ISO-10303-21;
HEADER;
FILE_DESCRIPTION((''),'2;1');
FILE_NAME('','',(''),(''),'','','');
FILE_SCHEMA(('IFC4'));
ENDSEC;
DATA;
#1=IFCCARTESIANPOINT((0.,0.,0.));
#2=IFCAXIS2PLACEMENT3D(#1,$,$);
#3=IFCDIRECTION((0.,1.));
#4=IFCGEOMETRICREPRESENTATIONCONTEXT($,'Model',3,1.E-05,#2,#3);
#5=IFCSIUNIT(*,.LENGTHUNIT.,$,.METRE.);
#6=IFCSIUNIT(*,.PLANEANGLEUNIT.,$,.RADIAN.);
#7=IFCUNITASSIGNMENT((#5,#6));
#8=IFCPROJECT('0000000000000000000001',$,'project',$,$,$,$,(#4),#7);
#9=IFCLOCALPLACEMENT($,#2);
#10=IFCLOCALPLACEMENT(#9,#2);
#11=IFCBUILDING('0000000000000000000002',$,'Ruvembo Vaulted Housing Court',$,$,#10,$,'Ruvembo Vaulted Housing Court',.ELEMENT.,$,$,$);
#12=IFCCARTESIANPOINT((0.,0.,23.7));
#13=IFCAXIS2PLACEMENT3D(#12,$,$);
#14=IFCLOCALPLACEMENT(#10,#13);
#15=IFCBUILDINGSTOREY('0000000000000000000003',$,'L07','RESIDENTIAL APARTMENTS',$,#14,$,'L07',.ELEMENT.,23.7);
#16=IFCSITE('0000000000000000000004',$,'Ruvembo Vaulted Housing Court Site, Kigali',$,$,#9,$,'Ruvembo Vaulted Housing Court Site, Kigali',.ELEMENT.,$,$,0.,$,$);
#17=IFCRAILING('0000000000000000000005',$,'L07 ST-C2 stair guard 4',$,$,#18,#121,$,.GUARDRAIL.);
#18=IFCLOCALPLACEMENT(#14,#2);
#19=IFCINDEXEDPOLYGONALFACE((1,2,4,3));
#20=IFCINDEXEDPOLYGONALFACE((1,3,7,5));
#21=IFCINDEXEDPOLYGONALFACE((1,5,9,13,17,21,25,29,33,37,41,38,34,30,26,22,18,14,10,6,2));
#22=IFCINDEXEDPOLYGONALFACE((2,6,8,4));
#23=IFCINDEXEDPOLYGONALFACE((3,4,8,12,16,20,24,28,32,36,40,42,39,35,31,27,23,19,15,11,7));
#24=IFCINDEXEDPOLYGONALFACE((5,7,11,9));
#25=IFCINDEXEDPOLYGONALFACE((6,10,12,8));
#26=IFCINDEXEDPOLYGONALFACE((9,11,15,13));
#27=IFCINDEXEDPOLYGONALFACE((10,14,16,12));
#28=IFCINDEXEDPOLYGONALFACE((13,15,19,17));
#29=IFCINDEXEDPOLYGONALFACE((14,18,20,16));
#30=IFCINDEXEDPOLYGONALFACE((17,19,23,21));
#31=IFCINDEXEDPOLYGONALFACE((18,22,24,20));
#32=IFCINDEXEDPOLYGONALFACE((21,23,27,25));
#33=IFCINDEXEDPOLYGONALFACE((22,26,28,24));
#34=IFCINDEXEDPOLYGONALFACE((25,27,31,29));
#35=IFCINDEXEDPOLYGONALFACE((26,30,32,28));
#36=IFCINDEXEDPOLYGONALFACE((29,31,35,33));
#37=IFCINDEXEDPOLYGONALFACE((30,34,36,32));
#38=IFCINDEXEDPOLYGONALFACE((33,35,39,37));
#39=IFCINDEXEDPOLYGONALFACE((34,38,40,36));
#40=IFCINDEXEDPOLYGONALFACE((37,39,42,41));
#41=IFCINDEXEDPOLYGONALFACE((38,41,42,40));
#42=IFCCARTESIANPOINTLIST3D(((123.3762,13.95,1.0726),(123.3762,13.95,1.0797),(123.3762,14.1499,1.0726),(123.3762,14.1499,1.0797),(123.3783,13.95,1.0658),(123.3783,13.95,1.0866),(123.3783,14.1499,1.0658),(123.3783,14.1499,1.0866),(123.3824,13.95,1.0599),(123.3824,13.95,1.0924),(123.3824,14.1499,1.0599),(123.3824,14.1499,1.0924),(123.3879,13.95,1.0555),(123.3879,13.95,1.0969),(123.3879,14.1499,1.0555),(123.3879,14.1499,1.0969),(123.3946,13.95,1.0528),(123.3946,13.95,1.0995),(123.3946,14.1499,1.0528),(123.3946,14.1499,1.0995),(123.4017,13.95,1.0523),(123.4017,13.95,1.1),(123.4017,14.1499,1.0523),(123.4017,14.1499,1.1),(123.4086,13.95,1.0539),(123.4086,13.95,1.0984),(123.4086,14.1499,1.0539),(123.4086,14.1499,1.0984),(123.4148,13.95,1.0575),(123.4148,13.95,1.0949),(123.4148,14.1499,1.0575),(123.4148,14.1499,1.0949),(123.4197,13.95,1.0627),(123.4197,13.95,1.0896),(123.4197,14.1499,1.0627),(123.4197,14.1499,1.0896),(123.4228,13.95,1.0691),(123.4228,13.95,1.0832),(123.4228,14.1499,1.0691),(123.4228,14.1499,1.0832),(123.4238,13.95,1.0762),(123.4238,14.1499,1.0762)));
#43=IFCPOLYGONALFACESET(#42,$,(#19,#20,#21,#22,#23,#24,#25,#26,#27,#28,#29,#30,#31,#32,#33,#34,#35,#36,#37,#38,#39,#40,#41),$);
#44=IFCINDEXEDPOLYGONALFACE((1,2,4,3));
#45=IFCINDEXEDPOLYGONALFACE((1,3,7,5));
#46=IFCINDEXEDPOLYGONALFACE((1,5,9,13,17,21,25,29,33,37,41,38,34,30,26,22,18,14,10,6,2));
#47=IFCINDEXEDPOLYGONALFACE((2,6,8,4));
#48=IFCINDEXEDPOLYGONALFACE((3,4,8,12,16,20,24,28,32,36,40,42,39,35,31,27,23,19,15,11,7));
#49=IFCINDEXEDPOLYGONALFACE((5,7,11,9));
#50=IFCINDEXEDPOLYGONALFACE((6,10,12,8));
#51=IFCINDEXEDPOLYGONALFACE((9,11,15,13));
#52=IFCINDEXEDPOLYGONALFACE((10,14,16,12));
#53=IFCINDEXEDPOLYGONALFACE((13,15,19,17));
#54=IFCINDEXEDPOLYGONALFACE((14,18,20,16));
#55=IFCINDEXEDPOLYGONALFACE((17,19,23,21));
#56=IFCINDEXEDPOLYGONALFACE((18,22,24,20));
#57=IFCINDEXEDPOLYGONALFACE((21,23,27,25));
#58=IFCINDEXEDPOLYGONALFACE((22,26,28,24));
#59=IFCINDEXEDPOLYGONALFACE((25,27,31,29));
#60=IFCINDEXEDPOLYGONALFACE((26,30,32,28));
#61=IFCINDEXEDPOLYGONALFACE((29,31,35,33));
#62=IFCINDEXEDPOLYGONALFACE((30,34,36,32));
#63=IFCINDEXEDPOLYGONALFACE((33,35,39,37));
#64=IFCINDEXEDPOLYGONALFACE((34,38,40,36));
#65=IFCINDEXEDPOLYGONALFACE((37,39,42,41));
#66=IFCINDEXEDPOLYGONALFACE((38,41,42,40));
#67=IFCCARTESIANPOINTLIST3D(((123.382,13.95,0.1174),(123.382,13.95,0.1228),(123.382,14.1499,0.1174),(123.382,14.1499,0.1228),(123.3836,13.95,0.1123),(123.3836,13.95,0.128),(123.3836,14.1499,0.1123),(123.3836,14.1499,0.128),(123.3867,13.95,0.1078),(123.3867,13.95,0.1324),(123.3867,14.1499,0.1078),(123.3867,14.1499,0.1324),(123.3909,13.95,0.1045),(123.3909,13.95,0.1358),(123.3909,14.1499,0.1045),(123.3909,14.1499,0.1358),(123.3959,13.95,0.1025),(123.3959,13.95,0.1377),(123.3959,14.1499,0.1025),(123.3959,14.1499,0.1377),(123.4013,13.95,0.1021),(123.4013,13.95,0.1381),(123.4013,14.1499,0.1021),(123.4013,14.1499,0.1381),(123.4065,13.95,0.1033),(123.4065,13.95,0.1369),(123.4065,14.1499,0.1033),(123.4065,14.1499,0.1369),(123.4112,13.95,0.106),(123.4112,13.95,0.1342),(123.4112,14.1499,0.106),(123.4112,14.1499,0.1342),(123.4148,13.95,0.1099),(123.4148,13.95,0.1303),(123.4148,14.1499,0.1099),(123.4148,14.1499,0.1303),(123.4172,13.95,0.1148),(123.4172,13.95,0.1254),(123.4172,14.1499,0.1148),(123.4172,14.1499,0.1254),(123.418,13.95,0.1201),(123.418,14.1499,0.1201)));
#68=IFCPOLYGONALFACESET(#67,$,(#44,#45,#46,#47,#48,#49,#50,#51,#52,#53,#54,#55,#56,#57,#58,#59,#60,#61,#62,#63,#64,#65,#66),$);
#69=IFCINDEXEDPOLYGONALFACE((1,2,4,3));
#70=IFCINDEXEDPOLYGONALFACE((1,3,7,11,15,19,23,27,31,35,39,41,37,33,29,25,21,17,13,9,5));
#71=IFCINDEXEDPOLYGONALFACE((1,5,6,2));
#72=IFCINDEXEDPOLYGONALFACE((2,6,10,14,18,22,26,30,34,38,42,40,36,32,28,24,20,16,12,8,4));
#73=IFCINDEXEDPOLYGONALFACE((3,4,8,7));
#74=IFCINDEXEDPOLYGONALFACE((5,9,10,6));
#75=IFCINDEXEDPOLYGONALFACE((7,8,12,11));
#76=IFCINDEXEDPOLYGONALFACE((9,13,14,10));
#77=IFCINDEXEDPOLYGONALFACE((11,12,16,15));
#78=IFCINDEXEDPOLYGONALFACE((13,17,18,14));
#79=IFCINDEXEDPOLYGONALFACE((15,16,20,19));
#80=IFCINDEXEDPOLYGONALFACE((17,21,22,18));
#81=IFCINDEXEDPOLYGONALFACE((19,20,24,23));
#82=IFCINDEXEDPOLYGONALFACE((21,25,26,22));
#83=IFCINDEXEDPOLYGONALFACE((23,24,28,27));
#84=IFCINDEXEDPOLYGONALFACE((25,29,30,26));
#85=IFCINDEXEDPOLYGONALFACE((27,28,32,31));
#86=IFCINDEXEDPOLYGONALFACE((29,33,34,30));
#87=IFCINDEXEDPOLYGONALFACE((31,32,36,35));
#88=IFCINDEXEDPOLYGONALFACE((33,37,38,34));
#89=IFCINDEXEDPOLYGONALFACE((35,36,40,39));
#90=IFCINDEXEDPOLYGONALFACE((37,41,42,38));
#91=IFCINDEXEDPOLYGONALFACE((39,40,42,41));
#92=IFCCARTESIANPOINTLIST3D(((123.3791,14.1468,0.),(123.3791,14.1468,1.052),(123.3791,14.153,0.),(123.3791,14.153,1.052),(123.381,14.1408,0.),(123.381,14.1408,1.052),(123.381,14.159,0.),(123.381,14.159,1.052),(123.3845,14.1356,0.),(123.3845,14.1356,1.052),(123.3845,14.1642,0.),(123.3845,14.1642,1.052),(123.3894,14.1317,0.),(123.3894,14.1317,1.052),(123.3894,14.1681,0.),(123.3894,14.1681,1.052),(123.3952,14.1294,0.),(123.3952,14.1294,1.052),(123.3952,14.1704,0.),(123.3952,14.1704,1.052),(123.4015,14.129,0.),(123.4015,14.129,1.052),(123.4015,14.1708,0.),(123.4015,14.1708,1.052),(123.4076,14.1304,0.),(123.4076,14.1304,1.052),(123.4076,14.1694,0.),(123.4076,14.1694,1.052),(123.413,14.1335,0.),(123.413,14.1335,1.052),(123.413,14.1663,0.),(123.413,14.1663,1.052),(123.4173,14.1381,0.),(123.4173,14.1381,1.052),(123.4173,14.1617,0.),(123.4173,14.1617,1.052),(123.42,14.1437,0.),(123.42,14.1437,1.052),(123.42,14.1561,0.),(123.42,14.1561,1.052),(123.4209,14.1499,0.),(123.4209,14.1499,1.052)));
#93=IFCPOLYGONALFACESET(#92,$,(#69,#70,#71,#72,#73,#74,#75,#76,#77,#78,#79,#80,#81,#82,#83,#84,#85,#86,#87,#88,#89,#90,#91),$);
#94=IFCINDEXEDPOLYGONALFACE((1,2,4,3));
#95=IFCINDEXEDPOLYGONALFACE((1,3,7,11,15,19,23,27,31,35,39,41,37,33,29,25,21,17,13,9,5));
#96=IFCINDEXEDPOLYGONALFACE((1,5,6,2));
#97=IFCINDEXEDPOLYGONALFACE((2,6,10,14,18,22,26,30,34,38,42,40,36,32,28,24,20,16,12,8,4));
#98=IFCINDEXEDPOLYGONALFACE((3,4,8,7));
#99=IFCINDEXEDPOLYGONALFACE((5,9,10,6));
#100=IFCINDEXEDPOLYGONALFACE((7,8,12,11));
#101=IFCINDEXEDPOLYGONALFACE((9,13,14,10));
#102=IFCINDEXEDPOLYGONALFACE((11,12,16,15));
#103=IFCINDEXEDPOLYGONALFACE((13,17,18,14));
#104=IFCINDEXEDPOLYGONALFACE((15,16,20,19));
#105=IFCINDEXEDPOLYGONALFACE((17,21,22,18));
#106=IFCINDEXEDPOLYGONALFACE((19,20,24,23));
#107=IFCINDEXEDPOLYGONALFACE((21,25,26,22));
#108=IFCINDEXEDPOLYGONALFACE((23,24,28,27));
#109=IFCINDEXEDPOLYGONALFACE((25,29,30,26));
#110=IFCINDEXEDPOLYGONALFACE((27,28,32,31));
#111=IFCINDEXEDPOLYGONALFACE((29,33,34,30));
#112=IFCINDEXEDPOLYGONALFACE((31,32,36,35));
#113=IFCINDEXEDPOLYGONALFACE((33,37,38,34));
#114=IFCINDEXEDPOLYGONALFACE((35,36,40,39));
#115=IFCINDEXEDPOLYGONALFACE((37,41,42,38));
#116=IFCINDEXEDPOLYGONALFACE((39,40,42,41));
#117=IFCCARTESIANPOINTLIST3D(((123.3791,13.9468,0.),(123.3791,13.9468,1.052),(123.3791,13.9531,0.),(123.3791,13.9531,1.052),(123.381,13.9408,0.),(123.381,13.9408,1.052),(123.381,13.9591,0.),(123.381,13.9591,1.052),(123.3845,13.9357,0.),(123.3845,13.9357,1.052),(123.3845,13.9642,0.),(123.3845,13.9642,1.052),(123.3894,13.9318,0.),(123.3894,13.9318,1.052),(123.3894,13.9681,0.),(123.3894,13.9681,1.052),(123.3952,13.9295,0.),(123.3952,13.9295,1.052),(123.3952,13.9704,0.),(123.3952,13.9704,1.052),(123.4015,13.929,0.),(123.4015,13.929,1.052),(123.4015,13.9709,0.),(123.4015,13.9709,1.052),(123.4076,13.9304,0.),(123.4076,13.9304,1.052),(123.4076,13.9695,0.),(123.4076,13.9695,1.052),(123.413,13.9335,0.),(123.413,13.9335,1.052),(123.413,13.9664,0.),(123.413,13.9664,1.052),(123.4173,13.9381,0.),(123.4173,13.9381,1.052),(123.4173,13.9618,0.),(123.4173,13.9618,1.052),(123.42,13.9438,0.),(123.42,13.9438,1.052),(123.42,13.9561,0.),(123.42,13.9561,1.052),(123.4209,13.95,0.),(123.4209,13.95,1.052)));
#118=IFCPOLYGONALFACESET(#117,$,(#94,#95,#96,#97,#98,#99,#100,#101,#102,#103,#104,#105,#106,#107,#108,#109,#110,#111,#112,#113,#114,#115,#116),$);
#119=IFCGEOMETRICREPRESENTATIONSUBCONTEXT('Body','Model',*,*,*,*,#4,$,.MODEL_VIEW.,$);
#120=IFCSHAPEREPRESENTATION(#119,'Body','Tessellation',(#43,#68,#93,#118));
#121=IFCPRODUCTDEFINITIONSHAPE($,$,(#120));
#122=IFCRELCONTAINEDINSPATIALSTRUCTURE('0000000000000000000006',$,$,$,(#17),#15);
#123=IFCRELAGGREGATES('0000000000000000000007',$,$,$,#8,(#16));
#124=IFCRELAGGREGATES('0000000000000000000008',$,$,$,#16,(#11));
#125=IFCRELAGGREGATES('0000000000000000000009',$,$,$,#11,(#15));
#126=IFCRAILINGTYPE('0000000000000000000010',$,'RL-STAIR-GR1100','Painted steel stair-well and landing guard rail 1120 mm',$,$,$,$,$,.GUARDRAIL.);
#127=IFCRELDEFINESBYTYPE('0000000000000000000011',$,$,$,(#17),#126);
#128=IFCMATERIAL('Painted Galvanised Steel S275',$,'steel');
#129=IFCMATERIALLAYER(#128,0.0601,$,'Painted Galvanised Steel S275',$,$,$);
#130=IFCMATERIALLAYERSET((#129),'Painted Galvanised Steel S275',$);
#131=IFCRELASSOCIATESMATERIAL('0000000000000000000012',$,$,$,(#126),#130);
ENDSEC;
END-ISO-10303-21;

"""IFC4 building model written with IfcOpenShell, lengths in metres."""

from ifc_helpers import new_model, si_unit, direction, frame, origin, origin_2d, place, context, subcontext, project, spatial, circle, extrude, material, layer, layer_set, type_object, element, save


model = new_model("IFC4")

# Units and contexts
model_context = context("Model", 3, precision=1e-05, world=origin(), true_north=direction((0.0, 1.0)))
body_context = subcontext(model_context, "Body", "Model", "MODEL_VIEW")
ifc_project = project(units=[si_unit("LENGTHUNIT", "METRE"), si_unit("PLANEANGLEUNIT", "RADIAN")], contexts=[model_context])

# Site, building, storey
site_placement = place(None, origin())
site = spatial("IfcSite", under=ifc_project, at=site_placement, Name="Ruvembo Vaulted Housing Court Site, Kigali", LongName="Ruvembo Vaulted Housing Court Site, Kigali", CompositionType="ELEMENT", RefElevation=0.0)
building_placement = place(site_placement, origin())
building = spatial("IfcBuilding", under=site, at=building_placement, Name="Ruvembo Vaulted Housing Court", LongName="Ruvembo Vaulted Housing Court", CompositionType="ELEMENT")
storey_placement = place(building_placement, frame((0.0, 0.0, 23.7)))
storey = spatial("IfcBuildingStorey", under=building, at=storey_placement, Name="L07", Description="RESIDENTIAL APARTMENTS", LongName="L07", CompositionType="ELEMENT", Elevation=23.7)

# Railing
ifc_material_1 = material(Name="Painted Galvanised Steel S275", Category="steel")
ifc_layer_1 = layer(ifc_material_1, 0.0601, Name="Painted Galvanised Steel S275")
ifc_layer_set_1 = layer_set([ifc_layer_1], Name="Painted Galvanised Steel S275")
railing_type_1 = type_object("IfcRailingType", Name="RL-STAIR-GR1100", Description="Painted steel stair-well and landing guard rail 1120 mm", PredefinedType="GUARDRAIL", material=ifc_layer_set_1)
railing_1_placement = place(storey_placement, frame((123.3999, 14.1499, 0.0)))
element("IfcRailing", 1, at=railing_1_placement, inside=storey, type_object=railing_type_1, Name="L07 ST-C2 stair guard 4", PredefinedType="GUARDRAIL", context=body_context, shape_type="SweptSolid", body=[
    extrude(circle(Radius=0.0239, at=origin_2d()), frame((0.0, 0.0, 1.0762), z_axis=(0.0, -1.0, 0.0), x_axis=(1.0, 0.0, 0.0)), (0.0, 0.0, 1.0), 0.2),
    extrude(circle(Radius=0.0181, at=origin_2d()), frame((0.0, 0.0, 0.1201), z_axis=(0.0, -1.0, 0.0), x_axis=(1.0, 0.0, 0.0)), (0.0, 0.0, 1.0), 0.2),
    extrude(circle(Radius=0.021, at=origin_2d()), origin(), (0.0, 0.0, 1.0), 1.052),
    extrude(circle(Radius=0.021, at=origin_2d()), frame((0.0, -0.2, 0.0)), (0.0, 0.0, 1.0), 1.052),
])

save(model, "model.ifc")
